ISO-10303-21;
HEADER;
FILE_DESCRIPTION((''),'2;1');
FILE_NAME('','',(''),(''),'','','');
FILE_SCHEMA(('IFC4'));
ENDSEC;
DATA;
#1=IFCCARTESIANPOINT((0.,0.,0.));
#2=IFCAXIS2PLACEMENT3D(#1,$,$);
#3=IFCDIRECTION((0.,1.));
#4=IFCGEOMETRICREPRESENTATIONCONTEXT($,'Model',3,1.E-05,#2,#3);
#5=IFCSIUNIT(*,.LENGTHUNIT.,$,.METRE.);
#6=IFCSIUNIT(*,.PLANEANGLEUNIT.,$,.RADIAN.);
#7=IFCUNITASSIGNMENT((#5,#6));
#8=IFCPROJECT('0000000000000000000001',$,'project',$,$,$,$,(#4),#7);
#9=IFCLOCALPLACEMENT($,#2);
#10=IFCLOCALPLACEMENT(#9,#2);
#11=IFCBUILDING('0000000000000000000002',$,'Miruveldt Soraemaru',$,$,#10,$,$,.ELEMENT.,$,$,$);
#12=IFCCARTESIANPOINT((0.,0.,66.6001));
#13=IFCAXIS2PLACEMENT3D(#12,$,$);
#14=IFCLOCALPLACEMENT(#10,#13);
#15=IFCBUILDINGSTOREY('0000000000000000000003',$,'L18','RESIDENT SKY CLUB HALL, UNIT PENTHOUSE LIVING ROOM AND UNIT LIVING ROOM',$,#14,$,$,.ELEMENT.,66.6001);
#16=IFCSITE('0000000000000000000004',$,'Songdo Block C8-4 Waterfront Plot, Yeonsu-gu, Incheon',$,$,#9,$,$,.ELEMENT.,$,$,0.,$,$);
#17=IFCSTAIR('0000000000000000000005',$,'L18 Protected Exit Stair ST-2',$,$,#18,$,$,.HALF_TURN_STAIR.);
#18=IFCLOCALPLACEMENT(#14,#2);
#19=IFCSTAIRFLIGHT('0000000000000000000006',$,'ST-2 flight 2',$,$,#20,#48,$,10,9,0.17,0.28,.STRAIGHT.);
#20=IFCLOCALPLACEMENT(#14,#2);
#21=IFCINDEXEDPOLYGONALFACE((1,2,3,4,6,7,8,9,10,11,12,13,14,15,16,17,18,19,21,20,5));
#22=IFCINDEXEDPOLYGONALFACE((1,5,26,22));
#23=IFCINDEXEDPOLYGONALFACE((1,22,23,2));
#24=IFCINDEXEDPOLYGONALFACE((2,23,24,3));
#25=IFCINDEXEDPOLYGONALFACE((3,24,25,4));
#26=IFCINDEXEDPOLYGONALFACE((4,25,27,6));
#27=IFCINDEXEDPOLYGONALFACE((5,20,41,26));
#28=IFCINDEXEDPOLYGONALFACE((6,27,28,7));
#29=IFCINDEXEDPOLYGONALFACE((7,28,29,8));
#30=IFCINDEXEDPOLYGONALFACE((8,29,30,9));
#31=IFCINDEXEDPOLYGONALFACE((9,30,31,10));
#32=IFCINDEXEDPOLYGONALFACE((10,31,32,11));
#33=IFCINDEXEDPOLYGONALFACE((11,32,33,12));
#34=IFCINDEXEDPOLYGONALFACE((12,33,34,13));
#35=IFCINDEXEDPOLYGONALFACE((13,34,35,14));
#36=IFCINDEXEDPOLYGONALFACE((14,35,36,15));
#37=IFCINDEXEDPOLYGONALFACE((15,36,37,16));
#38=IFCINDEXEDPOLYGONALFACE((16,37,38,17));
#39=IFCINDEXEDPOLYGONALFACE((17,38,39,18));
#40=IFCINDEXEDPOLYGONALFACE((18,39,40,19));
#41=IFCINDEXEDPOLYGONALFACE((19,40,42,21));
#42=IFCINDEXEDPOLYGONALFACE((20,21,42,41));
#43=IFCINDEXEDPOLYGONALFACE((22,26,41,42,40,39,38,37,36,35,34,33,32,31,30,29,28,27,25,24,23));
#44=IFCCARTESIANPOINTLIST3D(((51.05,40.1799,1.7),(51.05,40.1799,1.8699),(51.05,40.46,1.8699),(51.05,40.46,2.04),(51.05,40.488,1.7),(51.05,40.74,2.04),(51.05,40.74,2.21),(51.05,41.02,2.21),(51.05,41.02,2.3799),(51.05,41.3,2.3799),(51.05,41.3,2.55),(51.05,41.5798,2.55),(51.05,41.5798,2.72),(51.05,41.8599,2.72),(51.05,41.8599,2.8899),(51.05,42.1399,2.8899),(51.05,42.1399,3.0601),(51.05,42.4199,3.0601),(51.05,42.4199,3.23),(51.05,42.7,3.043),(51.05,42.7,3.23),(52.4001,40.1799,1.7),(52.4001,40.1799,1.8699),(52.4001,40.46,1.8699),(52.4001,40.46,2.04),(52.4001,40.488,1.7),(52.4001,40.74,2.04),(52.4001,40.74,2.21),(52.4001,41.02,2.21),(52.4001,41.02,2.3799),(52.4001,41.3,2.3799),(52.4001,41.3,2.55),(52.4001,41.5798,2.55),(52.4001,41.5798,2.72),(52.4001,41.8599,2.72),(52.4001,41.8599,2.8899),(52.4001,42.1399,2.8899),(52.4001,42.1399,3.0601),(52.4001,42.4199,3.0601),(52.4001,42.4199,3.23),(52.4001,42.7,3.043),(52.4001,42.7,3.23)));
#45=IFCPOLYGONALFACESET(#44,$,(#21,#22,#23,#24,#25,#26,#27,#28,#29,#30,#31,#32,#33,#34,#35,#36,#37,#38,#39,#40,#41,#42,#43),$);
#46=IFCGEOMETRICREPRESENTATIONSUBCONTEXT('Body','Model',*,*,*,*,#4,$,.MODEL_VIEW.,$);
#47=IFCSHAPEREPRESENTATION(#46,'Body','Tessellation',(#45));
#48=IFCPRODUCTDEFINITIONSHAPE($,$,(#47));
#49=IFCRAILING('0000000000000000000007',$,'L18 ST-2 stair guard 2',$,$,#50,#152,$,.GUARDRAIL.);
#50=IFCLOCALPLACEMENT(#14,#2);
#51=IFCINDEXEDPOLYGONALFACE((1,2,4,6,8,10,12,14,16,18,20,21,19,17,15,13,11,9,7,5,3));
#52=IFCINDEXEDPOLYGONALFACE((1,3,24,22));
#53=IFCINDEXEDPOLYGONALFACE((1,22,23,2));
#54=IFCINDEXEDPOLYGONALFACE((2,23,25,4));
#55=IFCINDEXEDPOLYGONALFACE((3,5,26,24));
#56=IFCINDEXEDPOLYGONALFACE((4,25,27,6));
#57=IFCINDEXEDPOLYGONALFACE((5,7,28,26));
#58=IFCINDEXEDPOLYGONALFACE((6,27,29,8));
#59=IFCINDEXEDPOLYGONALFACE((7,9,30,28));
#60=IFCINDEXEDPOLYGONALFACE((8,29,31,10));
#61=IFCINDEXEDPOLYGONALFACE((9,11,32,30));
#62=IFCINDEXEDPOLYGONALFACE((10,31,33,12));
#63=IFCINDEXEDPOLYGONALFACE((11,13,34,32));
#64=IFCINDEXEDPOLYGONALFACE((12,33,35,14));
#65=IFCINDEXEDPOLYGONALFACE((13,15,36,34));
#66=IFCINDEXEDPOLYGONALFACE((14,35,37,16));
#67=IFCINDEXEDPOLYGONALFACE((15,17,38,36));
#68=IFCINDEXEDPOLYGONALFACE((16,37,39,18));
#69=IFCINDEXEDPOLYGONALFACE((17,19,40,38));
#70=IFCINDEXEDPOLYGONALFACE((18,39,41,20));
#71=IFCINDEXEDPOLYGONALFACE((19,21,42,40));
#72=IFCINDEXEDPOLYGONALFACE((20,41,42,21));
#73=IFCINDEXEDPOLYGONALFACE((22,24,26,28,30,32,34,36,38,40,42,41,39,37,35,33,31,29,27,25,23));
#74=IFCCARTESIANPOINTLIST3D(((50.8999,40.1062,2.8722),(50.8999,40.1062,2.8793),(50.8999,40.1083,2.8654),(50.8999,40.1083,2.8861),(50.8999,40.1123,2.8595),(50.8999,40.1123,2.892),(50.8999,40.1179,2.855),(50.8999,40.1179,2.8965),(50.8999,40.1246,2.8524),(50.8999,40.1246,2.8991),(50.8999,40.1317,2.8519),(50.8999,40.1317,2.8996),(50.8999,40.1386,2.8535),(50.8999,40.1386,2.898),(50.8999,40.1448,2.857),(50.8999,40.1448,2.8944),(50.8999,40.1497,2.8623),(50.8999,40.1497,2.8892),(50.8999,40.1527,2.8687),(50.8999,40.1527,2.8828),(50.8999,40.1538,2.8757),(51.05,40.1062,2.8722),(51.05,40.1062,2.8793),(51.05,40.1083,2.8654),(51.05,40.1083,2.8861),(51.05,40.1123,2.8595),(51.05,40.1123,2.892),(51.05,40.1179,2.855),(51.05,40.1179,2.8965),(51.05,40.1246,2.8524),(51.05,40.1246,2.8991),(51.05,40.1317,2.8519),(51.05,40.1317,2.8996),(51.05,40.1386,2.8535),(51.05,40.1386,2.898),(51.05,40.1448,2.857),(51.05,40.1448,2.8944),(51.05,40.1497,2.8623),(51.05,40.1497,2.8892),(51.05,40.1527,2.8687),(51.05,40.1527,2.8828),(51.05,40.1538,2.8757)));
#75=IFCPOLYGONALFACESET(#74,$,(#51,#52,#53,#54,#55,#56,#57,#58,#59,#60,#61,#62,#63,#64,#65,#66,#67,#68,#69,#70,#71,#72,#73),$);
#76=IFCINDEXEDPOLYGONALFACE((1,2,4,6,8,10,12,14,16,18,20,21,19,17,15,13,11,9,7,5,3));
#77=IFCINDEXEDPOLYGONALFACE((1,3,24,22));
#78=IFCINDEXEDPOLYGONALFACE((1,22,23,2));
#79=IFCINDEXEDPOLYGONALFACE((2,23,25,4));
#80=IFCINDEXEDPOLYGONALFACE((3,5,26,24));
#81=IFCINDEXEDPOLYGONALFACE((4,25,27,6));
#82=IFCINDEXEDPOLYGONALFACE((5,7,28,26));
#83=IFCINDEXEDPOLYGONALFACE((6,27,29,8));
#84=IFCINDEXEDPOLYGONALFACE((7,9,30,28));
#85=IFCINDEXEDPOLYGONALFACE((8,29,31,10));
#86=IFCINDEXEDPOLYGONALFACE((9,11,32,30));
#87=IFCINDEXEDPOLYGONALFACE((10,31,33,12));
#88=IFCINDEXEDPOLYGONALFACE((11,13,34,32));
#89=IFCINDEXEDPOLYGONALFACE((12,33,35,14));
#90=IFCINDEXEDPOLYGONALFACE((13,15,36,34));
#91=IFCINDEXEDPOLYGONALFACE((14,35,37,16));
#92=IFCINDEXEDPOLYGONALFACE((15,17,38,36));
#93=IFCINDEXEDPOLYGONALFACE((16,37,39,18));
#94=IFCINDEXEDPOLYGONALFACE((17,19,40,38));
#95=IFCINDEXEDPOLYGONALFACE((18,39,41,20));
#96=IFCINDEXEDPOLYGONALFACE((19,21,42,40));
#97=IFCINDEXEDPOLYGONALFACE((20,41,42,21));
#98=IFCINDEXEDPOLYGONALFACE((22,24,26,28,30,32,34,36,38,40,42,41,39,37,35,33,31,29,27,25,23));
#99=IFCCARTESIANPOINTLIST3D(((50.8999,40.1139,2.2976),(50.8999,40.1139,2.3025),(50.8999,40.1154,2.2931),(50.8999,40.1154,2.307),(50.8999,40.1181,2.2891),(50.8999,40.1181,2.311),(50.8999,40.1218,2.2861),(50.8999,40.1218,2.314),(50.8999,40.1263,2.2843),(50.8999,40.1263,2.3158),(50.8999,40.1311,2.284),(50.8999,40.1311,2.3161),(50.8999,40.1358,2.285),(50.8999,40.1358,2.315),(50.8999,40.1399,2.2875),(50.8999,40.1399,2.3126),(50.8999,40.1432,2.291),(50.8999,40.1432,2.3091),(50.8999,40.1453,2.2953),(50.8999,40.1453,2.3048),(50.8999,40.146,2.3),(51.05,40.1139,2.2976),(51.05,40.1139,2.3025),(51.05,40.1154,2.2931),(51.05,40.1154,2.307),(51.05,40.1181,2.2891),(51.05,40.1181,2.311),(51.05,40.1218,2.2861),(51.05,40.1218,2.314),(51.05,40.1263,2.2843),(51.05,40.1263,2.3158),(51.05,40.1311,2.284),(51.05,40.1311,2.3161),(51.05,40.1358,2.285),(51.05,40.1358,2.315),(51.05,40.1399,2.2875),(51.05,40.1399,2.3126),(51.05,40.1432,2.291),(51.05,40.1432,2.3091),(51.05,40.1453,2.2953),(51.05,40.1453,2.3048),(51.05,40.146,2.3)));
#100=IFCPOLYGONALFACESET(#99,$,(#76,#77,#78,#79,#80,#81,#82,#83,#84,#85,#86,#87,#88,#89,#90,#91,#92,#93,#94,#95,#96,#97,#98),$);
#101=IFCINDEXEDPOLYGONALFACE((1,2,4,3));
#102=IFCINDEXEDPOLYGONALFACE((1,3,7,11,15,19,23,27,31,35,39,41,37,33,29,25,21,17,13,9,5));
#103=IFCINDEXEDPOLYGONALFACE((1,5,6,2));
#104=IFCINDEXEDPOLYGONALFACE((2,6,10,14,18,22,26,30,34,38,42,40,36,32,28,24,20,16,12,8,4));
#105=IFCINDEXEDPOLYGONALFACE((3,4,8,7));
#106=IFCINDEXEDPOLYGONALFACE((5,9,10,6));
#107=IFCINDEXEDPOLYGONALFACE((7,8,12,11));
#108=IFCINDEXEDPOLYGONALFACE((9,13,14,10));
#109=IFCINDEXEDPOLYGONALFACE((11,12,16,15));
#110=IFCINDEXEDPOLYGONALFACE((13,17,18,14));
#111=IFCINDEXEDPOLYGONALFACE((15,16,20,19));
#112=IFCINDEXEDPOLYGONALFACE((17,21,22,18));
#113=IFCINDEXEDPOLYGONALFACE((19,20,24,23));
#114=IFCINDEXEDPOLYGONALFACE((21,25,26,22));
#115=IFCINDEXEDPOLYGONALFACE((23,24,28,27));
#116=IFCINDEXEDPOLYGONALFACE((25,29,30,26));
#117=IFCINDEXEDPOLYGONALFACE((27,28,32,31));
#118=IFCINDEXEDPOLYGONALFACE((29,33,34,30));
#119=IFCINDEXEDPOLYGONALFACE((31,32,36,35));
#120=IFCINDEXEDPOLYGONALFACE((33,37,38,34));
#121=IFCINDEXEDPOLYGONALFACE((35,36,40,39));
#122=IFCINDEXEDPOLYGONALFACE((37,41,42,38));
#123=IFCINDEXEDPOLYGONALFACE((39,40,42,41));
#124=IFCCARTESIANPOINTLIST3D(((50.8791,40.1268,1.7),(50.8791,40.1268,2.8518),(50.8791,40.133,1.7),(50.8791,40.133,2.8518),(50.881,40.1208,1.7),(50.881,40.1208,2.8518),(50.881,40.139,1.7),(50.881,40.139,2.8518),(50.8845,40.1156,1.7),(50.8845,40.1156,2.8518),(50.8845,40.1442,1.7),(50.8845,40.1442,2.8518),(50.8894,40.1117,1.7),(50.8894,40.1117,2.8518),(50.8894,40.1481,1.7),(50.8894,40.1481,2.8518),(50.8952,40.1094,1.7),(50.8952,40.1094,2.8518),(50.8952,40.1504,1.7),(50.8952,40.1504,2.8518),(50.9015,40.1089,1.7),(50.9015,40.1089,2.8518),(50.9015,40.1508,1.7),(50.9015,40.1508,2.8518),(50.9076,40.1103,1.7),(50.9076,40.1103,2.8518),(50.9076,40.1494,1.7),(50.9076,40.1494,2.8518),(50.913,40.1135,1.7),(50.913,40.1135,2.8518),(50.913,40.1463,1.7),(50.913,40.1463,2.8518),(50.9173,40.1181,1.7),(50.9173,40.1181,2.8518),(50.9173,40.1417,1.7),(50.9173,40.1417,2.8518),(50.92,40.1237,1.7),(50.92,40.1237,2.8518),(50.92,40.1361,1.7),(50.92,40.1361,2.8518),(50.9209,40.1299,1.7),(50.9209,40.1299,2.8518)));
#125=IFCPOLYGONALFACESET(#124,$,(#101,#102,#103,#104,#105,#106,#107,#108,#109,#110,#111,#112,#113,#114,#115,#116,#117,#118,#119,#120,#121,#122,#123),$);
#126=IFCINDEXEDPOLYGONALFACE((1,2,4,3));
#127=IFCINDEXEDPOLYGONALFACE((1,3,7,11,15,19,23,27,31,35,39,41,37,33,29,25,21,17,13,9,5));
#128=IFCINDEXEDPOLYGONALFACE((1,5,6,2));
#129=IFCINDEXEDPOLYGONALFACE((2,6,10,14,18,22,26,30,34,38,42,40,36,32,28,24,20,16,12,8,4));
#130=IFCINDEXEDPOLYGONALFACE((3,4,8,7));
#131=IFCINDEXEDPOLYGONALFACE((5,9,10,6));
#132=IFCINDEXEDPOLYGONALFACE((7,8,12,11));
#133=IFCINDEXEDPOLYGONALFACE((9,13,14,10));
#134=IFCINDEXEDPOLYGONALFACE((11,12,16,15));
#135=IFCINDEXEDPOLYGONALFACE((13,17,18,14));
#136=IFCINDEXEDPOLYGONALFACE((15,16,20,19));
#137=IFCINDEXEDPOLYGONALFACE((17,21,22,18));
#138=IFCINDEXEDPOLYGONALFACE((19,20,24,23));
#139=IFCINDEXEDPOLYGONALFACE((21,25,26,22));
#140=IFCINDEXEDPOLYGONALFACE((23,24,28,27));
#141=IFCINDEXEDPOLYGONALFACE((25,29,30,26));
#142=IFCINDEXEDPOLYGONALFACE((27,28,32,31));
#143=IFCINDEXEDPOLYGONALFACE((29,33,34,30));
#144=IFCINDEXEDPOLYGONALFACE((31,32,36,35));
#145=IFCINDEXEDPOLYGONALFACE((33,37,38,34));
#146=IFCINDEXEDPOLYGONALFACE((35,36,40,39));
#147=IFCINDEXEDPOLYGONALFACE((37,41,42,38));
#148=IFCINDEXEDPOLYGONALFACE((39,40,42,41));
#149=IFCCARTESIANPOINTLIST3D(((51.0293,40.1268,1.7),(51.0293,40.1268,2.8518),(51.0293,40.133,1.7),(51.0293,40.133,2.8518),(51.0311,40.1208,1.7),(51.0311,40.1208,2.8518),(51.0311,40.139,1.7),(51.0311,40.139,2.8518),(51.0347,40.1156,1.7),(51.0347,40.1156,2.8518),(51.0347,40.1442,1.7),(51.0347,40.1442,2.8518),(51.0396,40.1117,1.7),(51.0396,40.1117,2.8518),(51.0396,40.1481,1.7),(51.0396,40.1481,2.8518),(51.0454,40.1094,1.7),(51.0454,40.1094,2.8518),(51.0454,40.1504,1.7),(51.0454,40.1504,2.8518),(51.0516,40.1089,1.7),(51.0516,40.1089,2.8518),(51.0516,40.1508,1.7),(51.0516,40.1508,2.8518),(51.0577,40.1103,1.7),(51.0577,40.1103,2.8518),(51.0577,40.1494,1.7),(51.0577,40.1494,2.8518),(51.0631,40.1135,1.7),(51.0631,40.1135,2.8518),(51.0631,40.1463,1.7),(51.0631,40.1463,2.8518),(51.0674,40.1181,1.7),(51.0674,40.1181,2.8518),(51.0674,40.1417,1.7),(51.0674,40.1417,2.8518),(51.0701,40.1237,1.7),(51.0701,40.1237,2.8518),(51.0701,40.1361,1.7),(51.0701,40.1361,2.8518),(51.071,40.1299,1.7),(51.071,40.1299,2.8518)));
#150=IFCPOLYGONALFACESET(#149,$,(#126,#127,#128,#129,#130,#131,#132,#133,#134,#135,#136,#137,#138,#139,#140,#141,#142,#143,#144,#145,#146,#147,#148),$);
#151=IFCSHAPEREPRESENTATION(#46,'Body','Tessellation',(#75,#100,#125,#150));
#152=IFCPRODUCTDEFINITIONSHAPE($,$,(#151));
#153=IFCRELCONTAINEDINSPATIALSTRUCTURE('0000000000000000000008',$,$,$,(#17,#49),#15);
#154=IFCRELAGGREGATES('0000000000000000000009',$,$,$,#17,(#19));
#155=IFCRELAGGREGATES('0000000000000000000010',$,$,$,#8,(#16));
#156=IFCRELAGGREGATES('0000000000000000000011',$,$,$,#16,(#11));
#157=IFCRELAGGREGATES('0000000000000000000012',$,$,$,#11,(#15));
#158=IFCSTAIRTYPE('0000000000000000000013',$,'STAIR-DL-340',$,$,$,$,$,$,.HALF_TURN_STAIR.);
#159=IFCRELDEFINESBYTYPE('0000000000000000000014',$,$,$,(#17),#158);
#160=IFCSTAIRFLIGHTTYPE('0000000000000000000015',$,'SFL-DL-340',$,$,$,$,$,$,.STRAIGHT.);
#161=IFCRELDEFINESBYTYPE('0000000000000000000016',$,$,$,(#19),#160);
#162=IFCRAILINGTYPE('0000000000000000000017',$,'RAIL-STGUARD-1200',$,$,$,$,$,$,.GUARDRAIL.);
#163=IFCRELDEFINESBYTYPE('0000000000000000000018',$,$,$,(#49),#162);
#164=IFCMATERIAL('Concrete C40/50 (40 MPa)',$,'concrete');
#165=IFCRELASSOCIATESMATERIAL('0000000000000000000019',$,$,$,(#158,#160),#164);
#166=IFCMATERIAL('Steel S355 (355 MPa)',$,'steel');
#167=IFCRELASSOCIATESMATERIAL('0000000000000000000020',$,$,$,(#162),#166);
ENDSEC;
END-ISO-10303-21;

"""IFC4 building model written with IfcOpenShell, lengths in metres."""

from ifc_helpers import new_model, si_unit, direction, frame, origin, origin_2d, place, context, subcontext, project, spatial, polyline, circle, outline, extrude, material, type_object, element, aggregate, save


model = new_model("IFC4")

# Units and contexts
model_context = context("Model", 3, precision=1e-05, world=origin(), true_north=direction((0.0, 1.0)))
body_context = subcontext(model_context, "Body", "Model", "MODEL_VIEW")
ifc_project = project(units=[si_unit("LENGTHUNIT", "METRE"), si_unit("PLANEANGLEUNIT", "RADIAN")], contexts=[model_context])

# Site, building, storey
site_placement = place(None, origin())
site = spatial("IfcSite", under=ifc_project, at=site_placement, Name="Songdo Block C8-4 Waterfront Plot, Yeonsu-gu, Incheon", CompositionType="ELEMENT", RefElevation=0.0)
building_placement = place(site_placement, origin())
building = spatial("IfcBuilding", under=site, at=building_placement, Name="Miruveldt Soraemaru", CompositionType="ELEMENT")
storey_placement = place(building_placement, frame((0.0, 0.0, 66.6001)))
storey = spatial("IfcBuildingStorey", under=building, at=storey_placement, Name="L18", Description="RESIDENT SKY CLUB HALL, UNIT PENTHOUSE LIVING ROOM AND UNIT LIVING ROOM", CompositionType="ELEMENT", Elevation=66.6001)

# Shared definitions
ifc_material_1 = material(Name="Concrete C40/50 (40 MPa)", Category="concrete")

# Stair, stair flight
stair_type = type_object("IfcStairType", Name="STAIR-DL-340", PredefinedType="HALF_TURN_STAIR", material=ifc_material_1)
stair_placement = place(storey_placement, origin())
stair = element("IfcStair", 1, at=stair_placement, inside=storey, type_object=stair_type, Name="L18 Protected Exit Stair ST-2", PredefinedType="HALF_TURN_STAIR")
stair_flight_type = type_object("IfcStairFlightType", Name="SFL-DL-340", PredefinedType="STRAIGHT", material=ifc_material_1)
stair_flight_placement = place(storey_placement, frame((51.7251, 40.1799, 1.7), z_axis=(0.0, 0.0, 1.0), x_axis=(0.0, 1.0, 0.0)))
stair_flight = element("IfcStairFlight", 2, at=stair_flight_placement, type_object=stair_flight_type, Name="ST-2 flight 2", NumberOfRisers=10, NumberOfTreads=9, PredefinedType="STRAIGHT", RiserHeight=0.17, TreadLength=0.28, context=body_context, shape_type="SweptSolid", body=[
    extrude(outline(polyline([(0.0, 0.0), (0.0, 0.1699), (0.28, 0.1699), (0.28, 0.3401), (0.5601, 0.3401), (0.5601, 0.51), (0.8401, 0.51), (0.8401, 0.6799), (1.1201, 0.6799), (1.1201, 0.8501), (1.3999, 0.8501), (1.3999, 1.02), (1.6799, 1.02), (1.6799, 1.1899), (1.96, 1.1899), (1.96, 1.3601), (2.24, 1.3601), (2.24, 1.53), (2.52, 1.53), (2.52, 1.7), (2.52, 1.343), (0.3081, 0.0), (0.0, 0.0)])), frame((0.0, 0.675, 0.0), z_axis=(0.0, -1.0, 0.0), x_axis=(1.0, 0.0, 0.0)), (0.0, 0.0, 1.0), 1.3501),
])
aggregate(stair, [stair_flight])

# Railing
ifc_material_2 = material(Name="Steel S355 (355 MPa)", Category="steel")
railing_type = type_object("IfcRailingType", Name="RAIL-STGUARD-1200", PredefinedType="GUARDRAIL", material=ifc_material_2)
railing_1_placement = place(storey_placement, frame((50.8999, 40.1299, 1.7)))
element("IfcRailing", 3, at=railing_1_placement, inside=storey, type_object=railing_type, Name="L18 ST-2 stair guard 2", PredefinedType="GUARDRAIL", context=body_context, shape_type="SweptSolid", body=[
    extrude(circle(Radius=0.0239, at=origin_2d()), frame((0.0, 0.0, 1.1758), z_axis=(1.0, 0.0, 0.0), x_axis=(0.0, 1.0, 0.0)), (0.0, 0.0, 1.0), 0.1501),
    extrude(circle(Radius=0.0161, at=origin_2d()), frame((0.0, 0.0, 0.6001), z_axis=(1.0, 0.0, 0.0), x_axis=(0.0, 1.0, 0.0)), (0.0, 0.0, 1.0), 0.1501),
    extrude(circle(Radius=0.021, at=origin_2d()), origin(), (0.0, 0.0, 1.0), 1.1519),
    extrude(circle(Radius=0.021, at=origin_2d()), frame((0.1501, 0.0, 0.0)), (0.0, 0.0, 1.0), 1.1519),
])

save(model, "model.ifc")
